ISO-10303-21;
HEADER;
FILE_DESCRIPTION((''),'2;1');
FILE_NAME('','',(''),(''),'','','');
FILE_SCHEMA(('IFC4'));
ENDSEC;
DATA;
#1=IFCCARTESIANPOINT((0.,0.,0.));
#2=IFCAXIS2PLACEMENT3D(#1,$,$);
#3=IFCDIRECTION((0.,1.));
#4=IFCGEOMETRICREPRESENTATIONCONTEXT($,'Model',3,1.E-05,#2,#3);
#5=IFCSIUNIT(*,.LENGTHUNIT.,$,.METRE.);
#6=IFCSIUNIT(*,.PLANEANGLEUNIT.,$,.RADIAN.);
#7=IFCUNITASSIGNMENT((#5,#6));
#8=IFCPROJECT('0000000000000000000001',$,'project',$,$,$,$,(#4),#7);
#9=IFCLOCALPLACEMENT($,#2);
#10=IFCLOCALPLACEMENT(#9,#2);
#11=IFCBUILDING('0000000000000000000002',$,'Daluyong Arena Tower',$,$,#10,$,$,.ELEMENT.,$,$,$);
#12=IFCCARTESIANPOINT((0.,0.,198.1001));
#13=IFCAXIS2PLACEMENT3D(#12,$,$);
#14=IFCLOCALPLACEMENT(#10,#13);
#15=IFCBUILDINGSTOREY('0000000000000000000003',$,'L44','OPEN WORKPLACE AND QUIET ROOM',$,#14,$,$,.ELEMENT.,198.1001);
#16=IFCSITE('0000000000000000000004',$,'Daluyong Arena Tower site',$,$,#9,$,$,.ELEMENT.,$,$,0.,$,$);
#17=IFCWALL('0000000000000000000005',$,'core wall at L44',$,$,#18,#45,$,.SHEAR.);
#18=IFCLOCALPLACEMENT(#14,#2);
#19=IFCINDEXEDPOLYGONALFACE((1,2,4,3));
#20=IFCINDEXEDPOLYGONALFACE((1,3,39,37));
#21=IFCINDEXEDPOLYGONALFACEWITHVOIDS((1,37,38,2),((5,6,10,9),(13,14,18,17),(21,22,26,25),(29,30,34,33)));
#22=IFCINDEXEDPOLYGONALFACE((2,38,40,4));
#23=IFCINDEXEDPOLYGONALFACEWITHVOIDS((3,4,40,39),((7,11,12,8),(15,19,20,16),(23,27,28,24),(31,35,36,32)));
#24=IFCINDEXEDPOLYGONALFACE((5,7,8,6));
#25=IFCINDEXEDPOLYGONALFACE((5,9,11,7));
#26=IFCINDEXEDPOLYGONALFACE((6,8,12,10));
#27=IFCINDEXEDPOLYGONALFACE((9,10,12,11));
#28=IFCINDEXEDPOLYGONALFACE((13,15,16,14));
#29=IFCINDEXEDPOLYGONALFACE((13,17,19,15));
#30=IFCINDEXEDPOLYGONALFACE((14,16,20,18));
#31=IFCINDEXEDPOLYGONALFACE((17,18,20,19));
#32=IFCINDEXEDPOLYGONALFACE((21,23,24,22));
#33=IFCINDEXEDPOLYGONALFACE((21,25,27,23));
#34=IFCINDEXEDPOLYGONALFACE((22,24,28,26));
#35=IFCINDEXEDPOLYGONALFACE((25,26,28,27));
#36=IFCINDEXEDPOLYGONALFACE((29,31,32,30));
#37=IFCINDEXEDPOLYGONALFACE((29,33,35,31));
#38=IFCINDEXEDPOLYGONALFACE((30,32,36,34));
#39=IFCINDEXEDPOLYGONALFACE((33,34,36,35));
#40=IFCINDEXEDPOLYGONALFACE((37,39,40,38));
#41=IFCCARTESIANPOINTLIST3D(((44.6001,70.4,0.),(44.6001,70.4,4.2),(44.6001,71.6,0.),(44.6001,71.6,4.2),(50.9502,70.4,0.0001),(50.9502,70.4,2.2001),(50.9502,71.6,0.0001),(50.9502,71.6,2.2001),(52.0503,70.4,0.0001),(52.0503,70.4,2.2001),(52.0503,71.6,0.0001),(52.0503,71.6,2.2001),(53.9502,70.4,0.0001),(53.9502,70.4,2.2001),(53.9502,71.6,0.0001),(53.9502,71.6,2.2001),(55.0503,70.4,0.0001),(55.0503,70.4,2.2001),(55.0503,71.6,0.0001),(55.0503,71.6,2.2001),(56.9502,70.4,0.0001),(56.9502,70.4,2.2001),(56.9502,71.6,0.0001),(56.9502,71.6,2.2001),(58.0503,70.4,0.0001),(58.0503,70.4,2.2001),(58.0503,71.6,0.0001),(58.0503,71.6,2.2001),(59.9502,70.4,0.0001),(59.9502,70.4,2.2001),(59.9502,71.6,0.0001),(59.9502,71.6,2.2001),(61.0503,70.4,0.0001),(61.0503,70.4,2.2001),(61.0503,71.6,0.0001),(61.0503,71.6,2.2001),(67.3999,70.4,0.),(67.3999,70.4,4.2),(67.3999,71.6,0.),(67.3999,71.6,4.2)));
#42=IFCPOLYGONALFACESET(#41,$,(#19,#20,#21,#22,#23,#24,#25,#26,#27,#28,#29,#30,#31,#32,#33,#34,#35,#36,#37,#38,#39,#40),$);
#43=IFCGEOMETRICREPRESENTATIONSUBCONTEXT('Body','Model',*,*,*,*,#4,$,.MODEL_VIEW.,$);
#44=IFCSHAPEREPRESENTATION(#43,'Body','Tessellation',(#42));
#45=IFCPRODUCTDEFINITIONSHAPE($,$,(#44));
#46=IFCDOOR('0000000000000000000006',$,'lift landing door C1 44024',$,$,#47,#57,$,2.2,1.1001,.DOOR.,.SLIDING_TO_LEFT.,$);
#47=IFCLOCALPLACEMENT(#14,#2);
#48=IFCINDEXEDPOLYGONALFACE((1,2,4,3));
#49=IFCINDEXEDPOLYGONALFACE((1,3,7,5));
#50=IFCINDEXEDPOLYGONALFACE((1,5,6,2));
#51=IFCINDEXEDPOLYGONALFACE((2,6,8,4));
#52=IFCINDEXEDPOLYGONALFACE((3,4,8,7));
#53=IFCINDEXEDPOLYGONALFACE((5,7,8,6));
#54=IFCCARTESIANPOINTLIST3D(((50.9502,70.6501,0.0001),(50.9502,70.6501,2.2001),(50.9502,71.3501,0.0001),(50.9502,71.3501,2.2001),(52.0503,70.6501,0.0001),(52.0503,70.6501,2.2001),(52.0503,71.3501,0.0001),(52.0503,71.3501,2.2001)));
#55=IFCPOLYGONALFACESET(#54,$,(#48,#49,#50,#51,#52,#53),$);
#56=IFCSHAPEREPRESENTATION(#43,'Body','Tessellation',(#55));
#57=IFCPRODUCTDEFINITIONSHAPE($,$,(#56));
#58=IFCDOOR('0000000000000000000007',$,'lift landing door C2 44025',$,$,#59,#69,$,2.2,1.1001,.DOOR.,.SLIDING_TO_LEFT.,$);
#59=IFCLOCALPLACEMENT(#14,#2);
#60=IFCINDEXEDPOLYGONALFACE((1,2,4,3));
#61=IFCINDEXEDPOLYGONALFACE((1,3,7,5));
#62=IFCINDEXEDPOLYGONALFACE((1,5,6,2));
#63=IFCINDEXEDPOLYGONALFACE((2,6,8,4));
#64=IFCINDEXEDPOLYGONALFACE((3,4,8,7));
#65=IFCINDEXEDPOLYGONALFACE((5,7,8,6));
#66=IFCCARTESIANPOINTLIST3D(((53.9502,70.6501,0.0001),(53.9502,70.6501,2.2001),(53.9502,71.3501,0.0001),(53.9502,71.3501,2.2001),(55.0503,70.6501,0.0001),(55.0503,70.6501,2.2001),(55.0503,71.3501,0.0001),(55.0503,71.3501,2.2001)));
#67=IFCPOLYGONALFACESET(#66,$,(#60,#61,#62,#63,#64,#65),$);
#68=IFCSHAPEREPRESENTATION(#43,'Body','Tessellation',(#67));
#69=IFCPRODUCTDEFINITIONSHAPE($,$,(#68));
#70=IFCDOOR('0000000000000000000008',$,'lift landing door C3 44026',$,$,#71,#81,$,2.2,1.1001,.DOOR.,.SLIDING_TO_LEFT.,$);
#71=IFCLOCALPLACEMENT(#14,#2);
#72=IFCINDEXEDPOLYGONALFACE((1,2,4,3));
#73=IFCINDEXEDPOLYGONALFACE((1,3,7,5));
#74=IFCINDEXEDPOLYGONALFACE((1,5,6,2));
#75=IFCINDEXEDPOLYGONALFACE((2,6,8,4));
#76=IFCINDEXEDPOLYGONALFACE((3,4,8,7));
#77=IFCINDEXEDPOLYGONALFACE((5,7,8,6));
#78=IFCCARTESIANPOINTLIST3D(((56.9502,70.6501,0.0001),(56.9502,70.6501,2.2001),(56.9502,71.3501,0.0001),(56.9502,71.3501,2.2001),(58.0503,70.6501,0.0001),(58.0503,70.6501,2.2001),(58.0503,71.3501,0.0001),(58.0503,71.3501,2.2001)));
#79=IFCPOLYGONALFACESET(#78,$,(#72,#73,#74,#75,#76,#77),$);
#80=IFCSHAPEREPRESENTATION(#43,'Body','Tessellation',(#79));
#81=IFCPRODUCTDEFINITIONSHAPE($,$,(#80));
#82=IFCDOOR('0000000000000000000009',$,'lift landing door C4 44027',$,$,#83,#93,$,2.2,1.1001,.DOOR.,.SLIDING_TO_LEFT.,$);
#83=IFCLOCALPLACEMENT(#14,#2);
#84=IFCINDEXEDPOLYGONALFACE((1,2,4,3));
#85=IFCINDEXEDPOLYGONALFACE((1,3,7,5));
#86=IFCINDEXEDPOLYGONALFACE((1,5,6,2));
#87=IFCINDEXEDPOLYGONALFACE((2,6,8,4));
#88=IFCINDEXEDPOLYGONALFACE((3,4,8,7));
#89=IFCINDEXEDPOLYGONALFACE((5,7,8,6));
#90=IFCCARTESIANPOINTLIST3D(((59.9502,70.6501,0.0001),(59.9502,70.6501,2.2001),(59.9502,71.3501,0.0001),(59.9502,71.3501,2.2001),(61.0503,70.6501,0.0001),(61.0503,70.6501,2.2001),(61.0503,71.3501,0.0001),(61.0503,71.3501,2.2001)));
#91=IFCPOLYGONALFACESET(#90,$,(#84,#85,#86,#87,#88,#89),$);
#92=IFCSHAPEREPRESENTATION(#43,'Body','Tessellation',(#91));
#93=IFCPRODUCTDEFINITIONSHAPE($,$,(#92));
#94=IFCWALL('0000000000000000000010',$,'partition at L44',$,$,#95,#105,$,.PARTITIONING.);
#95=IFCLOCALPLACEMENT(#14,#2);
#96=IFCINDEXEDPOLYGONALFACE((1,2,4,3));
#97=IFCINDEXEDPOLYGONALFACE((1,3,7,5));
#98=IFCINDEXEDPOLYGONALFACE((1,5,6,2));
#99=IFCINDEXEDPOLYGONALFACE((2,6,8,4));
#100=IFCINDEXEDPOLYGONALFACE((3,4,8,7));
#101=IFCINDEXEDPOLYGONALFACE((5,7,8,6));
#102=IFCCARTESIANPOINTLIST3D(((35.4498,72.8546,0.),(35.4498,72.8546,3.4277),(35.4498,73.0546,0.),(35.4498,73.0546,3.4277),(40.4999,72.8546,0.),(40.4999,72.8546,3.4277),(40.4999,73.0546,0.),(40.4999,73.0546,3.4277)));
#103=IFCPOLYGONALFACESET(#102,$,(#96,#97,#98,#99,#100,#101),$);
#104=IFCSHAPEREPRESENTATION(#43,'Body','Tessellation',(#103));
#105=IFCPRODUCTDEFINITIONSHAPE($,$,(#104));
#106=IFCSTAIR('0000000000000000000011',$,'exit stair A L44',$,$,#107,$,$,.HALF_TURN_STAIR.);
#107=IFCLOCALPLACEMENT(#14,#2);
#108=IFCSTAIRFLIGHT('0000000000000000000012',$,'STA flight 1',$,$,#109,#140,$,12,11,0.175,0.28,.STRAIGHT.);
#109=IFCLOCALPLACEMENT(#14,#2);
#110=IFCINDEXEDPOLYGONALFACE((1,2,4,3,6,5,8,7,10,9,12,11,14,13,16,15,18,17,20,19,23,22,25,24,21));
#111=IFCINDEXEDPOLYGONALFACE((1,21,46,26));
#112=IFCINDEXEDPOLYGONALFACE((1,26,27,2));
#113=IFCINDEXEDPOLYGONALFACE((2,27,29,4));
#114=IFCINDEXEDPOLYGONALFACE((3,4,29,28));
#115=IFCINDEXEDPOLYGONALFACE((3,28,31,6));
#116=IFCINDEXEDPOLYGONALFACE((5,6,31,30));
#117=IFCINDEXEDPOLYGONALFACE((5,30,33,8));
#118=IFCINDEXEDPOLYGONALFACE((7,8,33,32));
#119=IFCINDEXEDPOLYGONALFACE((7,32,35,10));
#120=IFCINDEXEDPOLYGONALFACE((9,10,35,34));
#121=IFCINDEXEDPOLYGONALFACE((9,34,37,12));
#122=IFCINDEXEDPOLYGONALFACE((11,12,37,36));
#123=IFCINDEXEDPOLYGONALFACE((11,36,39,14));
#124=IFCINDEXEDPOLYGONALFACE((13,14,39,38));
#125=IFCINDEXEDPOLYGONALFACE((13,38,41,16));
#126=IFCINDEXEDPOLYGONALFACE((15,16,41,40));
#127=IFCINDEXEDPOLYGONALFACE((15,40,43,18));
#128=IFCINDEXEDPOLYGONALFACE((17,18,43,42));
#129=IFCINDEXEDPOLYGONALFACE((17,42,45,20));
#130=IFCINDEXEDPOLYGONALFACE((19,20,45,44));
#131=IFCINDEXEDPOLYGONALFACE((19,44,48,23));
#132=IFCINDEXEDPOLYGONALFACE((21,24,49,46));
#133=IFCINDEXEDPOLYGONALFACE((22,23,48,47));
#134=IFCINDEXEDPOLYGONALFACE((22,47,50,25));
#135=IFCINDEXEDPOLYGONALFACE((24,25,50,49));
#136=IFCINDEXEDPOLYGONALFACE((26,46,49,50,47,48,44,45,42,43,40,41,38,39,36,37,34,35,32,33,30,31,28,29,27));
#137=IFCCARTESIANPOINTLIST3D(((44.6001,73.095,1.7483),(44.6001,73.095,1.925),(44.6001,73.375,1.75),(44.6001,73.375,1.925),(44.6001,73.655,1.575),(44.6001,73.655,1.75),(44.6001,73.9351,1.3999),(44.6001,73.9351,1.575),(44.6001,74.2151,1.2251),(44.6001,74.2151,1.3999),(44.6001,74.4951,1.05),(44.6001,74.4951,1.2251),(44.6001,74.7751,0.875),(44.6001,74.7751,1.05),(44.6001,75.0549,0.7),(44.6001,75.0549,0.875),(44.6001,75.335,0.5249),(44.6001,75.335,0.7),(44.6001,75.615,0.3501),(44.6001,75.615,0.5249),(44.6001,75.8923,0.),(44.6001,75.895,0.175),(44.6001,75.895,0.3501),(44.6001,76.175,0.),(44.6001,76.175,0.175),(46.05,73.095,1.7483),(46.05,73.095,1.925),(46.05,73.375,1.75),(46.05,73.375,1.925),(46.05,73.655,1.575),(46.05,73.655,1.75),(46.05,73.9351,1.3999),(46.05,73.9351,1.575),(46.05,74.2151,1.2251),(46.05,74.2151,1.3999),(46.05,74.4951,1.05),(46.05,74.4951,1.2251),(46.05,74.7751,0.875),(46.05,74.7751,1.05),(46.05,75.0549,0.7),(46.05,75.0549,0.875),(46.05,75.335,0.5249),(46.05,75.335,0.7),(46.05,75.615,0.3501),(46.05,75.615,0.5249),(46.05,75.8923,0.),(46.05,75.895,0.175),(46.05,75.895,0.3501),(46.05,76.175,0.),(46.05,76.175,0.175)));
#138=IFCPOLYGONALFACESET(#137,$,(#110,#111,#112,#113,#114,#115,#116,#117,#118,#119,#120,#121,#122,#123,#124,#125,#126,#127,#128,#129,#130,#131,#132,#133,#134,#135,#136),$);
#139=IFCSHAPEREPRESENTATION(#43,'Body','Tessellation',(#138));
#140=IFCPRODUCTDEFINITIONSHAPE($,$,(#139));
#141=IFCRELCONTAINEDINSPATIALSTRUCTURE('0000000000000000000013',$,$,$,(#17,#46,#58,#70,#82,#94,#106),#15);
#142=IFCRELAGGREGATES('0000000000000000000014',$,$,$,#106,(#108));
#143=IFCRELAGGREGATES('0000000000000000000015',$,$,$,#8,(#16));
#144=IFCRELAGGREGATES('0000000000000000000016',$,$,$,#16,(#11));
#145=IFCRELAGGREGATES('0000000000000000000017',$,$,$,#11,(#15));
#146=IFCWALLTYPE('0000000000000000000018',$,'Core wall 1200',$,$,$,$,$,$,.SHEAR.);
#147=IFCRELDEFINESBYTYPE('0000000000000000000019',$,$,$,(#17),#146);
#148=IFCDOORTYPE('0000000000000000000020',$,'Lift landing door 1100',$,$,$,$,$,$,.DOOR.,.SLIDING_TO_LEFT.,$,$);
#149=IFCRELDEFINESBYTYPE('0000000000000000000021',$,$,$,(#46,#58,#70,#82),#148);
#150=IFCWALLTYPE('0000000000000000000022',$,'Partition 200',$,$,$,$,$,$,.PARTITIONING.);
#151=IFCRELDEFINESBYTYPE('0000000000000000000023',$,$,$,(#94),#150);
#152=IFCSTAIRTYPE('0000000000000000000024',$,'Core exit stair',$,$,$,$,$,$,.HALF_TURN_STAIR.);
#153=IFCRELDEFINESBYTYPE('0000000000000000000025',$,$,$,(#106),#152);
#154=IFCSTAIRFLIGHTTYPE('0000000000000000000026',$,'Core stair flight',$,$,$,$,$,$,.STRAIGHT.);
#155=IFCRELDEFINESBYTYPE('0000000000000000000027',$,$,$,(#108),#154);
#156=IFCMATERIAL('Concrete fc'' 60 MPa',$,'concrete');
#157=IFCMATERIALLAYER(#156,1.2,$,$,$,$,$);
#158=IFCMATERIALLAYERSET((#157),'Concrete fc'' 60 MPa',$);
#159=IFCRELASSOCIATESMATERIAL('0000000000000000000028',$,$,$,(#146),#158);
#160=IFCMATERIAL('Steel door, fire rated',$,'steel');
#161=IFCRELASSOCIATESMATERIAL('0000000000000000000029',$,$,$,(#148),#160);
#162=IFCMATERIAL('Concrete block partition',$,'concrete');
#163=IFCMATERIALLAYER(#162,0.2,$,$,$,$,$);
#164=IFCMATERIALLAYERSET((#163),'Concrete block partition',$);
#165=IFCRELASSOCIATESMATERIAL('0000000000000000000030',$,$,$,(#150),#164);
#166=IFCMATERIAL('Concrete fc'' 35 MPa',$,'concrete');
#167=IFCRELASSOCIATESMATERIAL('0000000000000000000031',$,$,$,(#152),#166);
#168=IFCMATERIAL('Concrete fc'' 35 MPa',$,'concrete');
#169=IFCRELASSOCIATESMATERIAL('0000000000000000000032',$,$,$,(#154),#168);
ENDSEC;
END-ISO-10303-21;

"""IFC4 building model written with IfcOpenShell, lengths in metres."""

from ifc_helpers import new_model, si_unit, direction, frame, frame_2d, origin, place, context, subcontext, project, spatial, polyline, rectangle, outline, extrude, material, layer, layer_set, type_object, element, fill, aggregate, save


model = new_model("IFC4")

# Units and contexts
model_context = context("Model", 3, precision=1e-05, world=origin(), true_north=direction((0.0, 1.0)))
body_context = subcontext(model_context, "Body", "Model", "MODEL_VIEW")
ifc_project = project(units=[si_unit("LENGTHUNIT", "METRE"), si_unit("PLANEANGLEUNIT", "RADIAN")], contexts=[model_context])

# Site, building, storey
site_placement = place(None, origin())
site = spatial("IfcSite", under=ifc_project, at=site_placement, Name="Daluyong Arena Tower site", CompositionType="ELEMENT", RefElevation=0.0)
building_placement = place(site_placement, origin())
building = spatial("IfcBuilding", under=site, at=building_placement, Name="Daluyong Arena Tower", CompositionType="ELEMENT")
storey_placement = place(building_placement, frame((0.0, 0.0, 198.1001)))
storey = spatial("IfcBuildingStorey", under=building, at=storey_placement, Name="L44", Description="OPEN WORKPLACE AND QUIET ROOM", CompositionType="ELEMENT", Elevation=198.1001)

# Shared definitions
ifc_material_1 = material(Name="Concrete fc' 60 MPa", Category="concrete")
ifc_layer_1 = layer(ifc_material_1, 1.2)
ifc_layer_set_1 = layer_set([ifc_layer_1], Name="Concrete fc' 60 MPa")
wall_type_1 = type_object("IfcWallType", Name="Core wall 1200", PredefinedType="SHEAR", material=ifc_layer_set_1)

# Wall, openings, doors
wall_1_placement = place(storey_placement, frame((44.6001, 71.0, 0.0), z_axis=(0.0, 0.0, 1.0), x_axis=(1.0, 0.0, 0.0)))
wall_1 = element("IfcWall", 1, at=wall_1_placement, inside=storey, type_object=wall_type_1, Name="core wall at L44", PredefinedType="SHEAR", context=body_context, shape_type="SweptSolid", body=[
    extrude(rectangle(XDim=22.7998, YDim=1.2, at=frame_2d((11.3999, 0.0))), origin(), (0.0, 0.0, 1.0), 4.2),
])
opening_1_placement = place(wall_1_placement, frame((6.3501, 0.0, 0.0)))
opening_1 = element("IfcOpeningElement", 2, at=opening_1_placement, cuts=wall_1, PredefinedType="OPENING", context=body_context, shape_type="SweptSolid", body=[
    extrude(rectangle(XDim=1.1001, YDim=2.2, at=frame_2d((0.55, 1.1001))), frame((0.0, 0.6099, 0.0), z_axis=(0.0, -1.0, 0.0), x_axis=(1.0, 0.0, 0.0)), (0.0, 0.0, 1.0), 1.22),
])
opening_2_placement = place(wall_1_placement, frame((9.3501, 0.0, 0.0)))
opening_2 = element("IfcOpeningElement", 3, at=opening_2_placement, cuts=wall_1, PredefinedType="OPENING", context=body_context, shape_type="SweptSolid", body=[
    extrude(rectangle(XDim=1.1001, YDim=2.2, at=frame_2d((0.55, 1.1001))), frame((0.0, 0.6099, 0.0), z_axis=(0.0, -1.0, 0.0), x_axis=(1.0, 0.0, 0.0)), (0.0, 0.0, 1.0), 1.22),
])
opening_3_placement = place(wall_1_placement, frame((12.3501, 0.0, 0.0)))
opening_3 = element("IfcOpeningElement", 4, at=opening_3_placement, cuts=wall_1, PredefinedType="OPENING", context=body_context, shape_type="SweptSolid", body=[
    extrude(rectangle(XDim=1.1001, YDim=2.2, at=frame_2d((0.55, 1.1001))), frame((0.0, 0.6099, 0.0), z_axis=(0.0, -1.0, 0.0), x_axis=(1.0, 0.0, 0.0)), (0.0, 0.0, 1.0), 1.22),
])
opening_4_placement = place(wall_1_placement, frame((15.3501, 0.0, 0.0)))
opening_4 = element("IfcOpeningElement", 5, at=opening_4_placement, cuts=wall_1, PredefinedType="OPENING", context=body_context, shape_type="SweptSolid", body=[
    extrude(rectangle(XDim=1.1001, YDim=2.2, at=frame_2d((0.55, 1.1001))), frame((0.0, 0.6099, 0.0), z_axis=(0.0, -1.0, 0.0), x_axis=(1.0, 0.0, 0.0)), (0.0, 0.0, 1.0), 1.22),
])
ifc_material_2 = material(Name="Steel door, fire rated", Category="steel")
door_type_1 = type_object("IfcDoorType", Name="Lift landing door 1100", OperationType="SLIDING_TO_LEFT", PredefinedType="DOOR", material=ifc_material_2)
door_1_placement = place(opening_1_placement, origin())
door_1 = element("IfcDoor", 6, at=door_1_placement, inside=storey, type_object=door_type_1, Name="lift landing door C1 44024", OperationType="SLIDING_TO_LEFT", OverallHeight=2.2, OverallWidth=1.1001, PredefinedType="DOOR", context=body_context, shape_type="SweptSolid", body=[
    extrude(rectangle(XDim=1.1001, YDim=2.2, at=frame_2d((0.55, 1.1001))), frame((0.0, 0.3501, 0.0), z_axis=(0.0, -1.0, 0.0), x_axis=(1.0, 0.0, 0.0)), (0.0, 0.0, 1.0), 0.7),
])
fill(opening_1, door_1)
door_2_placement = place(opening_2_placement, origin())
door_2 = element("IfcDoor", 7, at=door_2_placement, inside=storey, type_object=door_type_1, Name="lift landing door C2 44025", OperationType="SLIDING_TO_LEFT", OverallHeight=2.2, OverallWidth=1.1001, PredefinedType="DOOR", context=body_context, shape_type="SweptSolid", body=[
    extrude(rectangle(XDim=1.1001, YDim=2.2, at=frame_2d((0.55, 1.1001))), frame((0.0, 0.3501, 0.0), z_axis=(0.0, -1.0, 0.0), x_axis=(1.0, 0.0, 0.0)), (0.0, 0.0, 1.0), 0.7),
])
fill(opening_2, door_2)
door_3_placement = place(opening_3_placement, origin())
door_3 = element("IfcDoor", 8, at=door_3_placement, inside=storey, type_object=door_type_1, Name="lift landing door C3 44026", OperationType="SLIDING_TO_LEFT", OverallHeight=2.2, OverallWidth=1.1001, PredefinedType="DOOR", context=body_context, shape_type="SweptSolid", body=[
    extrude(rectangle(XDim=1.1001, YDim=2.2, at=frame_2d((0.55, 1.1001))), frame((0.0, 0.3501, 0.0), z_axis=(0.0, -1.0, 0.0), x_axis=(1.0, 0.0, 0.0)), (0.0, 0.0, 1.0), 0.7),
])
fill(opening_3, door_3)
door_4_placement = place(opening_4_placement, origin())
door_4 = element("IfcDoor", 9, at=door_4_placement, inside=storey, type_object=door_type_1, Name="lift landing door C4 44027", OperationType="SLIDING_TO_LEFT", OverallHeight=2.2, OverallWidth=1.1001, PredefinedType="DOOR", context=body_context, shape_type="SweptSolid", body=[
    extrude(rectangle(XDim=1.1001, YDim=2.2, at=frame_2d((0.55, 1.1001))), frame((0.0, 0.3501, 0.0), z_axis=(0.0, -1.0, 0.0), x_axis=(1.0, 0.0, 0.0)), (0.0, 0.0, 1.0), 0.7),
])
fill(opening_4, door_4)

# Wall
ifc_material_3 = material(Name="Concrete block partition", Category="concrete")
ifc_layer_2 = layer(ifc_material_3, 0.2)
ifc_layer_set_2 = layer_set([ifc_layer_2], Name="Concrete block partition")
wall_type_2 = type_object("IfcWallType", Name="Partition 200", PredefinedType="PARTITIONING", material=ifc_layer_set_2)
wall_2_placement = place(storey_placement, frame((35.45, 72.9546, 0.0), z_axis=(0.0, 0.0, 1.0), x_axis=(1.0, 0.0, 0.0)))
element("IfcWall", 10, at=wall_2_placement, inside=storey, type_object=wall_type_2, Name="partition at L44", PredefinedType="PARTITIONING", context=body_context, shape_type="SweptSolid", body=[
    extrude(rectangle(XDim=5.05, YDim=0.2, at=frame_2d((2.5249, 0.0))), origin(), (0.0, 0.0, 1.0), 3.4277),
])

# Stair, stair flight
ifc_material_4 = material(Name="Concrete fc' 35 MPa", Category="concrete")
stair_type = type_object("IfcStairType", Name="Core exit stair", PredefinedType="HALF_TURN_STAIR", material=ifc_material_4)
stair_placement = place(storey_placement, origin())
stair = element("IfcStair", 11, at=stair_placement, inside=storey, type_object=stair_type, Name="exit stair A L44", PredefinedType="HALF_TURN_STAIR")
ifc_material_5 = material(Name="Concrete fc' 35 MPa", Category="concrete")
stair_flight_type = type_object("IfcStairFlightType", Name="Core stair flight", PredefinedType="STRAIGHT", material=ifc_material_5)
stair_flight_placement = place(storey_placement, frame((45.325, 76.175, 0.0), z_axis=(0.0, 0.0, 1.0), x_axis=(0.0, -1.0, 0.0)))
stair_flight = element("IfcStairFlight", 12, at=stair_flight_placement, type_object=stair_flight_type, Name="STA flight 1", NumberOfRisers=12, NumberOfTreads=11, PredefinedType="STRAIGHT", RiserHeight=0.175, TreadLength=0.28, context=body_context, shape_type="SweptSolid", body=[
    extrude(outline(polyline([(0.0, 0.0), (0.0, 0.175), (0.28, 0.175), (0.28, 0.3501), (0.5601, 0.3501), (0.5601, 0.5249), (0.8401, 0.5249), (0.8401, 0.7), (1.1201, 0.7), (1.1201, 0.875), (1.3999, 0.875), (1.3999, 1.05), (1.6799, 1.05), (1.6799, 1.2251), (1.96, 1.2251), (1.96, 1.3999), (2.24, 1.3999), (2.24, 1.575), (2.52, 1.575), (2.52, 1.75), (2.8, 1.75), (2.8, 1.925), (3.0801, 1.925), (3.0801, 2.1001), (3.0801, 1.7483), (0.2827, 0.0), (0.0, 0.0)])), frame((0.0, 0.7251, 0.0), z_axis=(0.0, -1.0, 0.0), x_axis=(1.0, 0.0, 0.0)), (0.0, 0.0, 1.0), 1.45),
])
aggregate(stair, [stair_flight])

save(model, "model.ifc")
